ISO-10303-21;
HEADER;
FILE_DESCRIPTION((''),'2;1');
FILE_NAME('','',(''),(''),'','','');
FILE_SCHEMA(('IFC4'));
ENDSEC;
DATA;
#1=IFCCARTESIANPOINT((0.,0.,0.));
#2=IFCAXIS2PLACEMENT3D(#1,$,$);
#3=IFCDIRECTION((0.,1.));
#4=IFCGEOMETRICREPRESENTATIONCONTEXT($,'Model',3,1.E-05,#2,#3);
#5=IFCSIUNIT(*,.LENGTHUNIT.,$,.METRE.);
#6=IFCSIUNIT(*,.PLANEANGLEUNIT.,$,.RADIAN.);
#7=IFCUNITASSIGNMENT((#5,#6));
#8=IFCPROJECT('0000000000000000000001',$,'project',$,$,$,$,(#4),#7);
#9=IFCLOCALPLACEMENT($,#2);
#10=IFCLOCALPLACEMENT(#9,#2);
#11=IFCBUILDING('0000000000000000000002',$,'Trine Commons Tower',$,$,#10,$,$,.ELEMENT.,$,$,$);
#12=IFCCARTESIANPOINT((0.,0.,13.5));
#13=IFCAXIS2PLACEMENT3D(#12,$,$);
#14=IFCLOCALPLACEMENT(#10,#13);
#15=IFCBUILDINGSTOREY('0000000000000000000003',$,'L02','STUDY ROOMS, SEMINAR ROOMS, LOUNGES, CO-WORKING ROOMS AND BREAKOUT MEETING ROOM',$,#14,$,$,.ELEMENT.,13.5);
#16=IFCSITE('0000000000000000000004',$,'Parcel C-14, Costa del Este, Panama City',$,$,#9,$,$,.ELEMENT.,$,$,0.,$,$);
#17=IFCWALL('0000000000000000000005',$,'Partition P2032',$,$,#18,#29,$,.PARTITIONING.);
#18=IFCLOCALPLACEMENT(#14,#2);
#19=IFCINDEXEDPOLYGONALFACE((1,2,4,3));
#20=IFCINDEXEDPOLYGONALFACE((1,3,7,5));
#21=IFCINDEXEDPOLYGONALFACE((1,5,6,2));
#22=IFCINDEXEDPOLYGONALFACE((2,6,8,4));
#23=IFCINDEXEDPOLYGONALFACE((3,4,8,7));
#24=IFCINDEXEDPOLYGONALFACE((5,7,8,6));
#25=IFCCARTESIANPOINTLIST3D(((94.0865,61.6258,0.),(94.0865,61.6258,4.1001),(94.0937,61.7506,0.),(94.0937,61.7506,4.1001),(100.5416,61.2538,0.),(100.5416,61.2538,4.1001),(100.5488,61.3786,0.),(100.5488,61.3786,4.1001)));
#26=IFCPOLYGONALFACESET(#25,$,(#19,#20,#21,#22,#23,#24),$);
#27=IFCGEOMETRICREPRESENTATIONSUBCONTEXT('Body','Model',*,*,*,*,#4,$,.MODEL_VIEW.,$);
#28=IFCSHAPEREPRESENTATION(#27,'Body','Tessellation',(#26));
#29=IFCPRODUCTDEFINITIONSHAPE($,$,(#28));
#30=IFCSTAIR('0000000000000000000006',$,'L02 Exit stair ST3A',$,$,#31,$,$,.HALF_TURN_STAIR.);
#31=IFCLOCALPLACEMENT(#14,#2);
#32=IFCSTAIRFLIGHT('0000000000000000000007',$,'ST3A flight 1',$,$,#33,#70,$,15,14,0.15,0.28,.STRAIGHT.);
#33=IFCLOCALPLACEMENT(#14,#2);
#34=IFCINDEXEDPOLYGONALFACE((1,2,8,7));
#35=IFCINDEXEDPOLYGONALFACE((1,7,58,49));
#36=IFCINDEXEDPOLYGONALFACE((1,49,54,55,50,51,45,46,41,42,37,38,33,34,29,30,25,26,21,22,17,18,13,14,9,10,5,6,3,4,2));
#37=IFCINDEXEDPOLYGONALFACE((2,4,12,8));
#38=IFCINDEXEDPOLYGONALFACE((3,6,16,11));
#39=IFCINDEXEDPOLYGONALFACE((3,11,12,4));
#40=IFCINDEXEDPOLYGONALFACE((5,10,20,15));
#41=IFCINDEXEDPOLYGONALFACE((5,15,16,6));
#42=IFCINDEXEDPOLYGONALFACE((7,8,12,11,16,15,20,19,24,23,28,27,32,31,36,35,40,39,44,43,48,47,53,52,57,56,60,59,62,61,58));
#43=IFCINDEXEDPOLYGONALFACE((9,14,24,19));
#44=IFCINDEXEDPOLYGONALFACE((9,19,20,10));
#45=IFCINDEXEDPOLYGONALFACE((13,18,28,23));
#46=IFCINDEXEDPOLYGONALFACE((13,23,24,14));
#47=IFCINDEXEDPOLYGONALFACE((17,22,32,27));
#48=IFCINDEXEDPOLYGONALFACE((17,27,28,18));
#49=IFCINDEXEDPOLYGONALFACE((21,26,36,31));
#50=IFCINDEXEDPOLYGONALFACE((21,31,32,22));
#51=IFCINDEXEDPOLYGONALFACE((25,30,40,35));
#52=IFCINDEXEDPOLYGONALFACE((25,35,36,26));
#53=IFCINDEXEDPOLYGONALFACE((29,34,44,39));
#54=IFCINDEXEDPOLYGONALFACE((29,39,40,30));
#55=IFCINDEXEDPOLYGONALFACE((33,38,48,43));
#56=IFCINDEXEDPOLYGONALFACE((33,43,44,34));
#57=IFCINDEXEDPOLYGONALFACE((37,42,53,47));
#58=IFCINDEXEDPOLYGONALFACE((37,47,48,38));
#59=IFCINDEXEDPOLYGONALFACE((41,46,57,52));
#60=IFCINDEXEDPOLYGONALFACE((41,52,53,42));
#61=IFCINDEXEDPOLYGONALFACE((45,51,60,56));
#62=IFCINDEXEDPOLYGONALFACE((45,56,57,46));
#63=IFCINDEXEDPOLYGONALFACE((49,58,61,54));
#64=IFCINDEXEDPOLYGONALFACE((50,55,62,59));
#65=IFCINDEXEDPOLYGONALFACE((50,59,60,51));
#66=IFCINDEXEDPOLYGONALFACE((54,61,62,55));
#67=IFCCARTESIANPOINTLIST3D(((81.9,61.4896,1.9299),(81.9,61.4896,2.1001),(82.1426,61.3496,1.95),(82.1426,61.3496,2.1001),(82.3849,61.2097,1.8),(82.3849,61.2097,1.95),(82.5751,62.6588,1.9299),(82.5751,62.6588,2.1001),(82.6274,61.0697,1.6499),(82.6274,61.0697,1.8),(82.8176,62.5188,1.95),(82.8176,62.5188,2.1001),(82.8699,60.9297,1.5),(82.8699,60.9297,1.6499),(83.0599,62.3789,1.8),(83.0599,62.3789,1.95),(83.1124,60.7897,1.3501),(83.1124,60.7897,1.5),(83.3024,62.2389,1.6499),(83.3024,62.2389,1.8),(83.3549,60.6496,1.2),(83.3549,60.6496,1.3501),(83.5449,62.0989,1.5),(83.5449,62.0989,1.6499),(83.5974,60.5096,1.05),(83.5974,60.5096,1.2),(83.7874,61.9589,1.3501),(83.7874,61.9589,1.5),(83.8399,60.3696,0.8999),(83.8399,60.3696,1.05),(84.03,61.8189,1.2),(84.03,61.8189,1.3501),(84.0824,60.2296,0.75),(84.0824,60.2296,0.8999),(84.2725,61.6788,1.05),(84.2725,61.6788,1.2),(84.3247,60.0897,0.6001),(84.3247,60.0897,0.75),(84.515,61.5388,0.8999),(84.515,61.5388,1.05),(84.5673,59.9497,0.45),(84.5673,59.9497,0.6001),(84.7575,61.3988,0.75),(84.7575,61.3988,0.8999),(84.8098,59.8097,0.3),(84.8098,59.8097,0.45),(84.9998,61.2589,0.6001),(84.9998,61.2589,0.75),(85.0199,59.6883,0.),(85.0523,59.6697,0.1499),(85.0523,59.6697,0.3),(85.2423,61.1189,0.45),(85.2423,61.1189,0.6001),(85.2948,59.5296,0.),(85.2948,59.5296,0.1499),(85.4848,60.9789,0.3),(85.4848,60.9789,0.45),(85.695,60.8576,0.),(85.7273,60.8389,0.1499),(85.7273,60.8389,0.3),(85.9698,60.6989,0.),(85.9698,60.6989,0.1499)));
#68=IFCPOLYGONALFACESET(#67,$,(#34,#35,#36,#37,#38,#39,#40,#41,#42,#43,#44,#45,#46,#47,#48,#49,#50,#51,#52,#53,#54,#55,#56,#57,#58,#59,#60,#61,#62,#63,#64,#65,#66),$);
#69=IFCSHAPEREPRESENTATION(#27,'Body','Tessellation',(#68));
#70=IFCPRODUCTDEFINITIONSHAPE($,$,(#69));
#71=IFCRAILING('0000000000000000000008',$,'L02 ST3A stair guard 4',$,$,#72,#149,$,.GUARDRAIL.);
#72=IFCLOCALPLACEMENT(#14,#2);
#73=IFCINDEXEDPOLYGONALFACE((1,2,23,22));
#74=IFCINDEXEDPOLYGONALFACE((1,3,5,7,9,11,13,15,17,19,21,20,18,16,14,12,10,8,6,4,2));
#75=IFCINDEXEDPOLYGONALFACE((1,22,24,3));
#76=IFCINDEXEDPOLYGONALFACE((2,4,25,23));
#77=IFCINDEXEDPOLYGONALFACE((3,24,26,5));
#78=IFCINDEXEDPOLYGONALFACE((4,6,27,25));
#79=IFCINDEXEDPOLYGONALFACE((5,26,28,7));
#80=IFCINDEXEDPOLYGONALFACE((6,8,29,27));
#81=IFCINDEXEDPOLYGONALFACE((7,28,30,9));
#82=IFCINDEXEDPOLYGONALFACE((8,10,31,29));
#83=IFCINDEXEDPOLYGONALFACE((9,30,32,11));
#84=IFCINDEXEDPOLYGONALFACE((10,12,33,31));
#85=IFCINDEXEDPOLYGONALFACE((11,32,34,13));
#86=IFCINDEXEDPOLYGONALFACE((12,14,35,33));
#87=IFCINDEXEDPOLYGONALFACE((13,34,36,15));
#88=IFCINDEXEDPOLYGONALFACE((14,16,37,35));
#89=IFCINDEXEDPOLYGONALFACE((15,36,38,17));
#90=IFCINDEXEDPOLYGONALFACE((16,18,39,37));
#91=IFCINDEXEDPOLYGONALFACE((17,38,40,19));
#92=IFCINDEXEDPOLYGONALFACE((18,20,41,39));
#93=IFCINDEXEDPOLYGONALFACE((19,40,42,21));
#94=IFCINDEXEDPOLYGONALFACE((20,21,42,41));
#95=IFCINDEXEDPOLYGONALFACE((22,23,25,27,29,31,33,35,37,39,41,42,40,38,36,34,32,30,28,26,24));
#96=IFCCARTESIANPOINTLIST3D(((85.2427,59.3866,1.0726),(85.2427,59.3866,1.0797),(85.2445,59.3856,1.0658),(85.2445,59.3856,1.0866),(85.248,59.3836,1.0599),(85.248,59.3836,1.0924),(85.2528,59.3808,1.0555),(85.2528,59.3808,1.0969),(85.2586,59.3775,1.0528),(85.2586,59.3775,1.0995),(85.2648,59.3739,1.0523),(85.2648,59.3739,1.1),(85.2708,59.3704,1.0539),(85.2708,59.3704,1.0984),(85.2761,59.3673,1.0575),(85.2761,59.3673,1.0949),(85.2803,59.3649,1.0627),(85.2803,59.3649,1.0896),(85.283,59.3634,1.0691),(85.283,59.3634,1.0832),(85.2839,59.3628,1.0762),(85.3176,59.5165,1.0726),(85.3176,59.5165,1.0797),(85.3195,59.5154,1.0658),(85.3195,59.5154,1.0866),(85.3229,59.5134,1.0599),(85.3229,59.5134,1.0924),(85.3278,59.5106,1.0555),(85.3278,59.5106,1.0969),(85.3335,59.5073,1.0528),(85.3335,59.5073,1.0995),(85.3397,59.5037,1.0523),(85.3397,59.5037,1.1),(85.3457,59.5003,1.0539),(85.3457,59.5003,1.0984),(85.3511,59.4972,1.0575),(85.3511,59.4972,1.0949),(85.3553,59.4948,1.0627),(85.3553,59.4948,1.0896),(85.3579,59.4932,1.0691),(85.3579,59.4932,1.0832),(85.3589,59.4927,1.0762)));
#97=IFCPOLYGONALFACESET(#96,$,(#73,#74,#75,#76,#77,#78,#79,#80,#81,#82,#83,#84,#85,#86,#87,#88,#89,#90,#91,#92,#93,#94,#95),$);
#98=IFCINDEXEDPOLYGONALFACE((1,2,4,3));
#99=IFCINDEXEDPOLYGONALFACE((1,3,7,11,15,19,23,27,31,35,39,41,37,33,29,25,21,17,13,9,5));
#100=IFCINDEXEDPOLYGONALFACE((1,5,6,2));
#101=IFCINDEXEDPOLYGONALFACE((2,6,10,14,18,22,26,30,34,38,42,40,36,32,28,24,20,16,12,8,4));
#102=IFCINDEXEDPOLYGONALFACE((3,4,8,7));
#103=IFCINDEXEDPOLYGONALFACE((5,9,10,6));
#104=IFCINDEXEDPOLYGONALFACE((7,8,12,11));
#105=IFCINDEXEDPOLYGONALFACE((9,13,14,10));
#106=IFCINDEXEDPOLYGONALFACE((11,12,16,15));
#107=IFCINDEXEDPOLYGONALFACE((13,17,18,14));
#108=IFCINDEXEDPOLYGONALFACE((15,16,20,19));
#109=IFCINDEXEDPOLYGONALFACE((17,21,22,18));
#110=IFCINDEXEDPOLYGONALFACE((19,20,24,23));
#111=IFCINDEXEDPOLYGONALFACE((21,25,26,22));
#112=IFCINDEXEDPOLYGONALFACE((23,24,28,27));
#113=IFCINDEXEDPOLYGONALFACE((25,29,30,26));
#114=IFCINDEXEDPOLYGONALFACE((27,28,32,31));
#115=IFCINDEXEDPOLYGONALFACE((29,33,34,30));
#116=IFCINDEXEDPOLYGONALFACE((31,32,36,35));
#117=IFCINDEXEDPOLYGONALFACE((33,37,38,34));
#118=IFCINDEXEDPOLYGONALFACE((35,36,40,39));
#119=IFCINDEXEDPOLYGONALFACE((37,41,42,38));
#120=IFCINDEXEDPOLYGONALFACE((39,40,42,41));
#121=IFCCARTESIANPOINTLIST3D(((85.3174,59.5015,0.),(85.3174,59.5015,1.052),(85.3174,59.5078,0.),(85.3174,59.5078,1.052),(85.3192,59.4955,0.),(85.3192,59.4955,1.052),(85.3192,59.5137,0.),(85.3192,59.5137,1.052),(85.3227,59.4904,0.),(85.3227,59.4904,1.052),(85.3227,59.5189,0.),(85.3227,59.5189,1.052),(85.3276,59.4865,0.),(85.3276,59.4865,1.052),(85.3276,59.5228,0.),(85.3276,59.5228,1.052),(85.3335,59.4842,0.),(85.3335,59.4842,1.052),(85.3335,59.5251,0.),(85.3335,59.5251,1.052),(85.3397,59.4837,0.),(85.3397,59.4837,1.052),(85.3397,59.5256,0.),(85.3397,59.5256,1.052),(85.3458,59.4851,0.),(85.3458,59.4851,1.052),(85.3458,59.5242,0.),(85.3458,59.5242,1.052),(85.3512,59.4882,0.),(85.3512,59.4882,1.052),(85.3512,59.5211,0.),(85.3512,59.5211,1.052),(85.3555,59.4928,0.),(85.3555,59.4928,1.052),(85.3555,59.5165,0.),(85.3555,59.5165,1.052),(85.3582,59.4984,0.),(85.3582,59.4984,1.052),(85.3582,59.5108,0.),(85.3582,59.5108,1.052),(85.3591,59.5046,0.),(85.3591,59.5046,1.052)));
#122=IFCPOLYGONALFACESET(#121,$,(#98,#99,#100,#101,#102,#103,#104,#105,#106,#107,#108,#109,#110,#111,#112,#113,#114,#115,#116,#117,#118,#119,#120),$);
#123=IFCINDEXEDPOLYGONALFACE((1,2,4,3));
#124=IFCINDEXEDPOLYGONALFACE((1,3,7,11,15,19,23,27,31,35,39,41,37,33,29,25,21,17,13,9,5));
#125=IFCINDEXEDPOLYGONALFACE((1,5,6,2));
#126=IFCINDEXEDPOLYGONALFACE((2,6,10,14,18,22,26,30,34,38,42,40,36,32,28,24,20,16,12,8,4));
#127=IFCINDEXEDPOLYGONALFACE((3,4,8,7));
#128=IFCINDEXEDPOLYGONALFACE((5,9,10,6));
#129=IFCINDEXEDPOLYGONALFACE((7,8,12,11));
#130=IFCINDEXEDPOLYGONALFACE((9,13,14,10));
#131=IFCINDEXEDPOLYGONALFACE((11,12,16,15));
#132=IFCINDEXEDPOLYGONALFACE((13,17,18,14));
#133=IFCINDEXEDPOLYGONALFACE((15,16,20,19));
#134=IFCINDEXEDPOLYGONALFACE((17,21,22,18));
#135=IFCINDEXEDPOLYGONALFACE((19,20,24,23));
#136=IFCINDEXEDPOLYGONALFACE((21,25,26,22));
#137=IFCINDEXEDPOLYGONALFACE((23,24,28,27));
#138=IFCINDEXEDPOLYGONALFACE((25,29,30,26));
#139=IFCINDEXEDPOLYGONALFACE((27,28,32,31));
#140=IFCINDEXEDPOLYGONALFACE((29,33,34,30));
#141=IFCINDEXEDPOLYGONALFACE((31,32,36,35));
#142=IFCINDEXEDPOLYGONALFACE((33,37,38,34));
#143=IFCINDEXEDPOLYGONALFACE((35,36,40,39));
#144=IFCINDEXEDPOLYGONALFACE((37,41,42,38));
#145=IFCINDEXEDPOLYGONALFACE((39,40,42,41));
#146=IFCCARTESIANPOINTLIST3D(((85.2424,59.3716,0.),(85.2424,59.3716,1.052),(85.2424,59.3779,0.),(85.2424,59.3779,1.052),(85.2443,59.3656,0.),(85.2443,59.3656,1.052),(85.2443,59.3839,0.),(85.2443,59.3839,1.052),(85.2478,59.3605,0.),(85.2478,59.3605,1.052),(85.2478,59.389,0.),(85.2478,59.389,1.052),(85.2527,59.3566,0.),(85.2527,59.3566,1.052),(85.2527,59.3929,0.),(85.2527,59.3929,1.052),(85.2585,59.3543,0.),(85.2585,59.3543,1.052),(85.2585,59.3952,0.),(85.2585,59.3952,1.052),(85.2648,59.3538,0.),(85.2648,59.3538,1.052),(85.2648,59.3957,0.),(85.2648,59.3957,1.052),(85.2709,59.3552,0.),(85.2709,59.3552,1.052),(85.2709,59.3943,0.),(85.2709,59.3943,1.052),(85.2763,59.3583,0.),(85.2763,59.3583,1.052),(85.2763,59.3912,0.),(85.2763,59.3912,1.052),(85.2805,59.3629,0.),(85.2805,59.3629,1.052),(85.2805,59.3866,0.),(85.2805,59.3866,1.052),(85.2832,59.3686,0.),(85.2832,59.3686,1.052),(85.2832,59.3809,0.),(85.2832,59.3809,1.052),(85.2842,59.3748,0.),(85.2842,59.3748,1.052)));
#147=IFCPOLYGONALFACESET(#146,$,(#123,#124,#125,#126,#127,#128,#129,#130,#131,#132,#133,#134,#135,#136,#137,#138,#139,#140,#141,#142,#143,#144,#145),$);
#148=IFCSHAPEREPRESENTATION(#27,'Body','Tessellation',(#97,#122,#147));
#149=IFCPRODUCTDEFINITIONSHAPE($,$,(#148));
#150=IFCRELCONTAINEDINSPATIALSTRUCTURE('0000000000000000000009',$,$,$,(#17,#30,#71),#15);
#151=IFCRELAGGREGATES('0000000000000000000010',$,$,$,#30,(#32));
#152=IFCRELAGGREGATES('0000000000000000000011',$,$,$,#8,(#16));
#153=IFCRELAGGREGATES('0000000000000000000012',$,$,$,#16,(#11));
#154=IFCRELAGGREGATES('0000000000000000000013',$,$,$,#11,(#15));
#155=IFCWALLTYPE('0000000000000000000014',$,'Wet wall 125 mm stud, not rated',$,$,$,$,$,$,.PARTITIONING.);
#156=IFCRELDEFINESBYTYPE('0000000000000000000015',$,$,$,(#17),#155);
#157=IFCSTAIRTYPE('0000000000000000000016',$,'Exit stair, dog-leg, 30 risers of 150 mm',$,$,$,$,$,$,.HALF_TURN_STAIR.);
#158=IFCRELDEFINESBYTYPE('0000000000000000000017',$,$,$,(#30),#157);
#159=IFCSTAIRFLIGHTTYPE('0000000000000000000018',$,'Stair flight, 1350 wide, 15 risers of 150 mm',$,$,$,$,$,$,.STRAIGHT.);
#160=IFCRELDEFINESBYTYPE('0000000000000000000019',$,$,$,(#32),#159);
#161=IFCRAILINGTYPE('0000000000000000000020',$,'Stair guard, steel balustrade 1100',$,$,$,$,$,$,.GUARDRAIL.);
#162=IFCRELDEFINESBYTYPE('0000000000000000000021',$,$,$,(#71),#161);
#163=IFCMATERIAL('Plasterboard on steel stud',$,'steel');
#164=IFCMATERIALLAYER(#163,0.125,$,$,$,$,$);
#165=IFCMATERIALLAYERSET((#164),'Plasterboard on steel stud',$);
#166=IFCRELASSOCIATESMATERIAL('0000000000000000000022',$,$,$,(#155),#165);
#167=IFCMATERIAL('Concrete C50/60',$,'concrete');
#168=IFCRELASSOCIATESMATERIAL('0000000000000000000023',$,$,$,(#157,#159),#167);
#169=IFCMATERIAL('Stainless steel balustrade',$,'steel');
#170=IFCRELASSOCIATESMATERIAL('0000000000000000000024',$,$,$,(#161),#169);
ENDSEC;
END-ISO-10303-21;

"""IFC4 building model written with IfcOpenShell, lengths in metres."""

from ifc_helpers import new_model, si_unit, direction, frame, frame_2d, origin, origin_2d, place, context, subcontext, project, spatial, polyline, rectangle, circle, outline, extrude, material, layer, layer_set, type_object, element, aggregate, save


model = new_model("IFC4")

# Units and contexts
model_context = context("Model", 3, precision=1e-05, world=origin(), true_north=direction((0.0, 1.0)))
body_context = subcontext(model_context, "Body", "Model", "MODEL_VIEW")
ifc_project = project(units=[si_unit("LENGTHUNIT", "METRE"), si_unit("PLANEANGLEUNIT", "RADIAN")], contexts=[model_context])

# Site, building, storey
site_placement = place(None, origin())
site = spatial("IfcSite", under=ifc_project, at=site_placement, Name="Parcel C-14, Costa del Este, Panama City", CompositionType="ELEMENT", RefElevation=0.0)
building_placement = place(site_placement, origin())
building = spatial("IfcBuilding", under=site, at=building_placement, Name="Trine Commons Tower", CompositionType="ELEMENT")
storey_placement = place(building_placement, frame((0.0, 0.0, 13.5)))
storey = spatial("IfcBuildingStorey", under=building, at=storey_placement, Name="L02", Description="STUDY ROOMS, SEMINAR ROOMS, LOUNGES, CO-WORKING ROOMS AND BREAKOUT MEETING ROOM", CompositionType="ELEMENT", Elevation=13.5)

# Shared definitions
ifc_material_1 = material(Name="Concrete C50/60", Category="concrete")

# Shared definitions
ifc_material_2 = material(Name="Plasterboard on steel stud", Category="steel")

# Wall
ifc_layer_1 = layer(ifc_material_2, 0.125)
ifc_layer_set_1 = layer_set([ifc_layer_1], Name="Plasterboard on steel stud")
wall_type_1 = type_object("IfcWallType", Name="Wet wall 125 mm stud, not rated", PredefinedType="PARTITIONING", material=ifc_layer_set_1)
wall_1_placement = place(storey_placement, frame((94.0901, 61.6882, 0.0), z_axis=(0.0, 0.0, 1.0), x_axis=(0.998343, -0.057544, 0.0)))
element("IfcWall", 1, at=wall_1_placement, inside=storey, type_object=wall_type_1, Name="Partition P2032", PredefinedType="PARTITIONING", context=body_context, shape_type="SweptSolid", body=[
    extrude(rectangle(XDim=6.4658, YDim=0.125, at=frame_2d((3.2329, 0.0))), origin(), (0.0, 0.0, 1.0), 4.1001),
])

# Stair, stair flight
stair_type = type_object("IfcStairType", Name="Exit stair, dog-leg, 30 risers of 150 mm", PredefinedType="HALF_TURN_STAIR", material=ifc_material_1)
stair_placement = place(storey_placement, origin())
stair = element("IfcStair", 2, at=stair_placement, inside=storey, type_object=stair_type, Name="L02 Exit stair ST3A", PredefinedType="HALF_TURN_STAIR")
stair_flight_type = type_object("IfcStairFlightType", Name="Stair flight, 1350 wide, 15 risers of 150 mm", PredefinedType="STRAIGHT", material=ifc_material_1)
stair_flight_placement = place(storey_placement, frame((85.6323, 60.1143, 0.0), z_axis=(0.0, 0.0, 1.0), x_axis=(-0.866025, 0.5, 0.0)))
stair_flight = element("IfcStairFlight", 3, at=stair_flight_placement, type_object=stair_flight_type, Name="ST3A flight 1", NumberOfRisers=15, NumberOfTreads=14, PredefinedType="STRAIGHT", RiserHeight=0.15, TreadLength=0.28, context=body_context, shape_type="SweptSolid", body=[
    extrude(outline(polyline([(0.0, 0.0), (0.0, 0.1499), (0.28, 0.1499), (0.28, 0.3), (0.5601, 0.3), (0.5601, 0.45), (0.8401, 0.45), (0.8401, 0.6001), (1.1201, 0.6001), (1.1201, 0.75), (1.3999, 0.75), (1.3999, 0.8999), (1.6799, 0.8999), (1.6799, 1.05), (1.96, 1.05), (1.96, 1.2), (2.24, 1.2), (2.24, 1.3501), (2.52, 1.3501), (2.52, 1.5), (2.8, 1.5), (2.8, 1.6499), (3.0801, 1.6499), (3.0801, 1.8), (3.3601, 1.8), (3.3601, 1.95), (3.6399, 1.95), (3.6399, 2.1001), (3.9199, 2.1001), (3.9199, 2.25), (3.9199, 1.9299), (0.3174, 0.0), (0.0, 0.0)])), frame((0.0, 0.675, 0.0), z_axis=(0.0, -1.0, 0.0), x_axis=(1.0, 0.0, 0.0)), (0.0, 0.0, 1.0), 1.3501),
])
aggregate(stair, [stair_flight])

# Railing
ifc_material_3 = material(Name="Stainless steel balustrade", Category="steel")
railing_type_1 = type_object("IfcRailingType", Name="Stair guard, steel balustrade 1100", PredefinedType="GUARDRAIL", material=ifc_material_3)
railing_1_placement = place(storey_placement, frame((85.3381, 59.5046, 0.0)))
element("IfcRailing", 4, at=railing_1_placement, inside=storey, type_object=railing_type_1, Name="L02 ST3A stair guard 4", PredefinedType="GUARDRAIL", context=body_context, shape_type="SweptSolid", body=[
    extrude(circle(Radius=0.0239, at=origin_2d()), frame((0.0, 0.0, 1.0762), z_axis=(-0.499816, -0.866131, 0.0), x_axis=(0.866131, -0.499816, 0.0)), (0.0, 0.0, 1.0), 0.1499),
    extrude(circle(Radius=0.021, at=origin_2d()), origin(), (0.0, 0.0, 1.0), 1.052),
    extrude(circle(Radius=0.021, at=origin_2d()), frame((-0.075, -0.1299, 0.0)), (0.0, 0.0, 1.0), 1.052),
])

save(model, "model.ifc")
